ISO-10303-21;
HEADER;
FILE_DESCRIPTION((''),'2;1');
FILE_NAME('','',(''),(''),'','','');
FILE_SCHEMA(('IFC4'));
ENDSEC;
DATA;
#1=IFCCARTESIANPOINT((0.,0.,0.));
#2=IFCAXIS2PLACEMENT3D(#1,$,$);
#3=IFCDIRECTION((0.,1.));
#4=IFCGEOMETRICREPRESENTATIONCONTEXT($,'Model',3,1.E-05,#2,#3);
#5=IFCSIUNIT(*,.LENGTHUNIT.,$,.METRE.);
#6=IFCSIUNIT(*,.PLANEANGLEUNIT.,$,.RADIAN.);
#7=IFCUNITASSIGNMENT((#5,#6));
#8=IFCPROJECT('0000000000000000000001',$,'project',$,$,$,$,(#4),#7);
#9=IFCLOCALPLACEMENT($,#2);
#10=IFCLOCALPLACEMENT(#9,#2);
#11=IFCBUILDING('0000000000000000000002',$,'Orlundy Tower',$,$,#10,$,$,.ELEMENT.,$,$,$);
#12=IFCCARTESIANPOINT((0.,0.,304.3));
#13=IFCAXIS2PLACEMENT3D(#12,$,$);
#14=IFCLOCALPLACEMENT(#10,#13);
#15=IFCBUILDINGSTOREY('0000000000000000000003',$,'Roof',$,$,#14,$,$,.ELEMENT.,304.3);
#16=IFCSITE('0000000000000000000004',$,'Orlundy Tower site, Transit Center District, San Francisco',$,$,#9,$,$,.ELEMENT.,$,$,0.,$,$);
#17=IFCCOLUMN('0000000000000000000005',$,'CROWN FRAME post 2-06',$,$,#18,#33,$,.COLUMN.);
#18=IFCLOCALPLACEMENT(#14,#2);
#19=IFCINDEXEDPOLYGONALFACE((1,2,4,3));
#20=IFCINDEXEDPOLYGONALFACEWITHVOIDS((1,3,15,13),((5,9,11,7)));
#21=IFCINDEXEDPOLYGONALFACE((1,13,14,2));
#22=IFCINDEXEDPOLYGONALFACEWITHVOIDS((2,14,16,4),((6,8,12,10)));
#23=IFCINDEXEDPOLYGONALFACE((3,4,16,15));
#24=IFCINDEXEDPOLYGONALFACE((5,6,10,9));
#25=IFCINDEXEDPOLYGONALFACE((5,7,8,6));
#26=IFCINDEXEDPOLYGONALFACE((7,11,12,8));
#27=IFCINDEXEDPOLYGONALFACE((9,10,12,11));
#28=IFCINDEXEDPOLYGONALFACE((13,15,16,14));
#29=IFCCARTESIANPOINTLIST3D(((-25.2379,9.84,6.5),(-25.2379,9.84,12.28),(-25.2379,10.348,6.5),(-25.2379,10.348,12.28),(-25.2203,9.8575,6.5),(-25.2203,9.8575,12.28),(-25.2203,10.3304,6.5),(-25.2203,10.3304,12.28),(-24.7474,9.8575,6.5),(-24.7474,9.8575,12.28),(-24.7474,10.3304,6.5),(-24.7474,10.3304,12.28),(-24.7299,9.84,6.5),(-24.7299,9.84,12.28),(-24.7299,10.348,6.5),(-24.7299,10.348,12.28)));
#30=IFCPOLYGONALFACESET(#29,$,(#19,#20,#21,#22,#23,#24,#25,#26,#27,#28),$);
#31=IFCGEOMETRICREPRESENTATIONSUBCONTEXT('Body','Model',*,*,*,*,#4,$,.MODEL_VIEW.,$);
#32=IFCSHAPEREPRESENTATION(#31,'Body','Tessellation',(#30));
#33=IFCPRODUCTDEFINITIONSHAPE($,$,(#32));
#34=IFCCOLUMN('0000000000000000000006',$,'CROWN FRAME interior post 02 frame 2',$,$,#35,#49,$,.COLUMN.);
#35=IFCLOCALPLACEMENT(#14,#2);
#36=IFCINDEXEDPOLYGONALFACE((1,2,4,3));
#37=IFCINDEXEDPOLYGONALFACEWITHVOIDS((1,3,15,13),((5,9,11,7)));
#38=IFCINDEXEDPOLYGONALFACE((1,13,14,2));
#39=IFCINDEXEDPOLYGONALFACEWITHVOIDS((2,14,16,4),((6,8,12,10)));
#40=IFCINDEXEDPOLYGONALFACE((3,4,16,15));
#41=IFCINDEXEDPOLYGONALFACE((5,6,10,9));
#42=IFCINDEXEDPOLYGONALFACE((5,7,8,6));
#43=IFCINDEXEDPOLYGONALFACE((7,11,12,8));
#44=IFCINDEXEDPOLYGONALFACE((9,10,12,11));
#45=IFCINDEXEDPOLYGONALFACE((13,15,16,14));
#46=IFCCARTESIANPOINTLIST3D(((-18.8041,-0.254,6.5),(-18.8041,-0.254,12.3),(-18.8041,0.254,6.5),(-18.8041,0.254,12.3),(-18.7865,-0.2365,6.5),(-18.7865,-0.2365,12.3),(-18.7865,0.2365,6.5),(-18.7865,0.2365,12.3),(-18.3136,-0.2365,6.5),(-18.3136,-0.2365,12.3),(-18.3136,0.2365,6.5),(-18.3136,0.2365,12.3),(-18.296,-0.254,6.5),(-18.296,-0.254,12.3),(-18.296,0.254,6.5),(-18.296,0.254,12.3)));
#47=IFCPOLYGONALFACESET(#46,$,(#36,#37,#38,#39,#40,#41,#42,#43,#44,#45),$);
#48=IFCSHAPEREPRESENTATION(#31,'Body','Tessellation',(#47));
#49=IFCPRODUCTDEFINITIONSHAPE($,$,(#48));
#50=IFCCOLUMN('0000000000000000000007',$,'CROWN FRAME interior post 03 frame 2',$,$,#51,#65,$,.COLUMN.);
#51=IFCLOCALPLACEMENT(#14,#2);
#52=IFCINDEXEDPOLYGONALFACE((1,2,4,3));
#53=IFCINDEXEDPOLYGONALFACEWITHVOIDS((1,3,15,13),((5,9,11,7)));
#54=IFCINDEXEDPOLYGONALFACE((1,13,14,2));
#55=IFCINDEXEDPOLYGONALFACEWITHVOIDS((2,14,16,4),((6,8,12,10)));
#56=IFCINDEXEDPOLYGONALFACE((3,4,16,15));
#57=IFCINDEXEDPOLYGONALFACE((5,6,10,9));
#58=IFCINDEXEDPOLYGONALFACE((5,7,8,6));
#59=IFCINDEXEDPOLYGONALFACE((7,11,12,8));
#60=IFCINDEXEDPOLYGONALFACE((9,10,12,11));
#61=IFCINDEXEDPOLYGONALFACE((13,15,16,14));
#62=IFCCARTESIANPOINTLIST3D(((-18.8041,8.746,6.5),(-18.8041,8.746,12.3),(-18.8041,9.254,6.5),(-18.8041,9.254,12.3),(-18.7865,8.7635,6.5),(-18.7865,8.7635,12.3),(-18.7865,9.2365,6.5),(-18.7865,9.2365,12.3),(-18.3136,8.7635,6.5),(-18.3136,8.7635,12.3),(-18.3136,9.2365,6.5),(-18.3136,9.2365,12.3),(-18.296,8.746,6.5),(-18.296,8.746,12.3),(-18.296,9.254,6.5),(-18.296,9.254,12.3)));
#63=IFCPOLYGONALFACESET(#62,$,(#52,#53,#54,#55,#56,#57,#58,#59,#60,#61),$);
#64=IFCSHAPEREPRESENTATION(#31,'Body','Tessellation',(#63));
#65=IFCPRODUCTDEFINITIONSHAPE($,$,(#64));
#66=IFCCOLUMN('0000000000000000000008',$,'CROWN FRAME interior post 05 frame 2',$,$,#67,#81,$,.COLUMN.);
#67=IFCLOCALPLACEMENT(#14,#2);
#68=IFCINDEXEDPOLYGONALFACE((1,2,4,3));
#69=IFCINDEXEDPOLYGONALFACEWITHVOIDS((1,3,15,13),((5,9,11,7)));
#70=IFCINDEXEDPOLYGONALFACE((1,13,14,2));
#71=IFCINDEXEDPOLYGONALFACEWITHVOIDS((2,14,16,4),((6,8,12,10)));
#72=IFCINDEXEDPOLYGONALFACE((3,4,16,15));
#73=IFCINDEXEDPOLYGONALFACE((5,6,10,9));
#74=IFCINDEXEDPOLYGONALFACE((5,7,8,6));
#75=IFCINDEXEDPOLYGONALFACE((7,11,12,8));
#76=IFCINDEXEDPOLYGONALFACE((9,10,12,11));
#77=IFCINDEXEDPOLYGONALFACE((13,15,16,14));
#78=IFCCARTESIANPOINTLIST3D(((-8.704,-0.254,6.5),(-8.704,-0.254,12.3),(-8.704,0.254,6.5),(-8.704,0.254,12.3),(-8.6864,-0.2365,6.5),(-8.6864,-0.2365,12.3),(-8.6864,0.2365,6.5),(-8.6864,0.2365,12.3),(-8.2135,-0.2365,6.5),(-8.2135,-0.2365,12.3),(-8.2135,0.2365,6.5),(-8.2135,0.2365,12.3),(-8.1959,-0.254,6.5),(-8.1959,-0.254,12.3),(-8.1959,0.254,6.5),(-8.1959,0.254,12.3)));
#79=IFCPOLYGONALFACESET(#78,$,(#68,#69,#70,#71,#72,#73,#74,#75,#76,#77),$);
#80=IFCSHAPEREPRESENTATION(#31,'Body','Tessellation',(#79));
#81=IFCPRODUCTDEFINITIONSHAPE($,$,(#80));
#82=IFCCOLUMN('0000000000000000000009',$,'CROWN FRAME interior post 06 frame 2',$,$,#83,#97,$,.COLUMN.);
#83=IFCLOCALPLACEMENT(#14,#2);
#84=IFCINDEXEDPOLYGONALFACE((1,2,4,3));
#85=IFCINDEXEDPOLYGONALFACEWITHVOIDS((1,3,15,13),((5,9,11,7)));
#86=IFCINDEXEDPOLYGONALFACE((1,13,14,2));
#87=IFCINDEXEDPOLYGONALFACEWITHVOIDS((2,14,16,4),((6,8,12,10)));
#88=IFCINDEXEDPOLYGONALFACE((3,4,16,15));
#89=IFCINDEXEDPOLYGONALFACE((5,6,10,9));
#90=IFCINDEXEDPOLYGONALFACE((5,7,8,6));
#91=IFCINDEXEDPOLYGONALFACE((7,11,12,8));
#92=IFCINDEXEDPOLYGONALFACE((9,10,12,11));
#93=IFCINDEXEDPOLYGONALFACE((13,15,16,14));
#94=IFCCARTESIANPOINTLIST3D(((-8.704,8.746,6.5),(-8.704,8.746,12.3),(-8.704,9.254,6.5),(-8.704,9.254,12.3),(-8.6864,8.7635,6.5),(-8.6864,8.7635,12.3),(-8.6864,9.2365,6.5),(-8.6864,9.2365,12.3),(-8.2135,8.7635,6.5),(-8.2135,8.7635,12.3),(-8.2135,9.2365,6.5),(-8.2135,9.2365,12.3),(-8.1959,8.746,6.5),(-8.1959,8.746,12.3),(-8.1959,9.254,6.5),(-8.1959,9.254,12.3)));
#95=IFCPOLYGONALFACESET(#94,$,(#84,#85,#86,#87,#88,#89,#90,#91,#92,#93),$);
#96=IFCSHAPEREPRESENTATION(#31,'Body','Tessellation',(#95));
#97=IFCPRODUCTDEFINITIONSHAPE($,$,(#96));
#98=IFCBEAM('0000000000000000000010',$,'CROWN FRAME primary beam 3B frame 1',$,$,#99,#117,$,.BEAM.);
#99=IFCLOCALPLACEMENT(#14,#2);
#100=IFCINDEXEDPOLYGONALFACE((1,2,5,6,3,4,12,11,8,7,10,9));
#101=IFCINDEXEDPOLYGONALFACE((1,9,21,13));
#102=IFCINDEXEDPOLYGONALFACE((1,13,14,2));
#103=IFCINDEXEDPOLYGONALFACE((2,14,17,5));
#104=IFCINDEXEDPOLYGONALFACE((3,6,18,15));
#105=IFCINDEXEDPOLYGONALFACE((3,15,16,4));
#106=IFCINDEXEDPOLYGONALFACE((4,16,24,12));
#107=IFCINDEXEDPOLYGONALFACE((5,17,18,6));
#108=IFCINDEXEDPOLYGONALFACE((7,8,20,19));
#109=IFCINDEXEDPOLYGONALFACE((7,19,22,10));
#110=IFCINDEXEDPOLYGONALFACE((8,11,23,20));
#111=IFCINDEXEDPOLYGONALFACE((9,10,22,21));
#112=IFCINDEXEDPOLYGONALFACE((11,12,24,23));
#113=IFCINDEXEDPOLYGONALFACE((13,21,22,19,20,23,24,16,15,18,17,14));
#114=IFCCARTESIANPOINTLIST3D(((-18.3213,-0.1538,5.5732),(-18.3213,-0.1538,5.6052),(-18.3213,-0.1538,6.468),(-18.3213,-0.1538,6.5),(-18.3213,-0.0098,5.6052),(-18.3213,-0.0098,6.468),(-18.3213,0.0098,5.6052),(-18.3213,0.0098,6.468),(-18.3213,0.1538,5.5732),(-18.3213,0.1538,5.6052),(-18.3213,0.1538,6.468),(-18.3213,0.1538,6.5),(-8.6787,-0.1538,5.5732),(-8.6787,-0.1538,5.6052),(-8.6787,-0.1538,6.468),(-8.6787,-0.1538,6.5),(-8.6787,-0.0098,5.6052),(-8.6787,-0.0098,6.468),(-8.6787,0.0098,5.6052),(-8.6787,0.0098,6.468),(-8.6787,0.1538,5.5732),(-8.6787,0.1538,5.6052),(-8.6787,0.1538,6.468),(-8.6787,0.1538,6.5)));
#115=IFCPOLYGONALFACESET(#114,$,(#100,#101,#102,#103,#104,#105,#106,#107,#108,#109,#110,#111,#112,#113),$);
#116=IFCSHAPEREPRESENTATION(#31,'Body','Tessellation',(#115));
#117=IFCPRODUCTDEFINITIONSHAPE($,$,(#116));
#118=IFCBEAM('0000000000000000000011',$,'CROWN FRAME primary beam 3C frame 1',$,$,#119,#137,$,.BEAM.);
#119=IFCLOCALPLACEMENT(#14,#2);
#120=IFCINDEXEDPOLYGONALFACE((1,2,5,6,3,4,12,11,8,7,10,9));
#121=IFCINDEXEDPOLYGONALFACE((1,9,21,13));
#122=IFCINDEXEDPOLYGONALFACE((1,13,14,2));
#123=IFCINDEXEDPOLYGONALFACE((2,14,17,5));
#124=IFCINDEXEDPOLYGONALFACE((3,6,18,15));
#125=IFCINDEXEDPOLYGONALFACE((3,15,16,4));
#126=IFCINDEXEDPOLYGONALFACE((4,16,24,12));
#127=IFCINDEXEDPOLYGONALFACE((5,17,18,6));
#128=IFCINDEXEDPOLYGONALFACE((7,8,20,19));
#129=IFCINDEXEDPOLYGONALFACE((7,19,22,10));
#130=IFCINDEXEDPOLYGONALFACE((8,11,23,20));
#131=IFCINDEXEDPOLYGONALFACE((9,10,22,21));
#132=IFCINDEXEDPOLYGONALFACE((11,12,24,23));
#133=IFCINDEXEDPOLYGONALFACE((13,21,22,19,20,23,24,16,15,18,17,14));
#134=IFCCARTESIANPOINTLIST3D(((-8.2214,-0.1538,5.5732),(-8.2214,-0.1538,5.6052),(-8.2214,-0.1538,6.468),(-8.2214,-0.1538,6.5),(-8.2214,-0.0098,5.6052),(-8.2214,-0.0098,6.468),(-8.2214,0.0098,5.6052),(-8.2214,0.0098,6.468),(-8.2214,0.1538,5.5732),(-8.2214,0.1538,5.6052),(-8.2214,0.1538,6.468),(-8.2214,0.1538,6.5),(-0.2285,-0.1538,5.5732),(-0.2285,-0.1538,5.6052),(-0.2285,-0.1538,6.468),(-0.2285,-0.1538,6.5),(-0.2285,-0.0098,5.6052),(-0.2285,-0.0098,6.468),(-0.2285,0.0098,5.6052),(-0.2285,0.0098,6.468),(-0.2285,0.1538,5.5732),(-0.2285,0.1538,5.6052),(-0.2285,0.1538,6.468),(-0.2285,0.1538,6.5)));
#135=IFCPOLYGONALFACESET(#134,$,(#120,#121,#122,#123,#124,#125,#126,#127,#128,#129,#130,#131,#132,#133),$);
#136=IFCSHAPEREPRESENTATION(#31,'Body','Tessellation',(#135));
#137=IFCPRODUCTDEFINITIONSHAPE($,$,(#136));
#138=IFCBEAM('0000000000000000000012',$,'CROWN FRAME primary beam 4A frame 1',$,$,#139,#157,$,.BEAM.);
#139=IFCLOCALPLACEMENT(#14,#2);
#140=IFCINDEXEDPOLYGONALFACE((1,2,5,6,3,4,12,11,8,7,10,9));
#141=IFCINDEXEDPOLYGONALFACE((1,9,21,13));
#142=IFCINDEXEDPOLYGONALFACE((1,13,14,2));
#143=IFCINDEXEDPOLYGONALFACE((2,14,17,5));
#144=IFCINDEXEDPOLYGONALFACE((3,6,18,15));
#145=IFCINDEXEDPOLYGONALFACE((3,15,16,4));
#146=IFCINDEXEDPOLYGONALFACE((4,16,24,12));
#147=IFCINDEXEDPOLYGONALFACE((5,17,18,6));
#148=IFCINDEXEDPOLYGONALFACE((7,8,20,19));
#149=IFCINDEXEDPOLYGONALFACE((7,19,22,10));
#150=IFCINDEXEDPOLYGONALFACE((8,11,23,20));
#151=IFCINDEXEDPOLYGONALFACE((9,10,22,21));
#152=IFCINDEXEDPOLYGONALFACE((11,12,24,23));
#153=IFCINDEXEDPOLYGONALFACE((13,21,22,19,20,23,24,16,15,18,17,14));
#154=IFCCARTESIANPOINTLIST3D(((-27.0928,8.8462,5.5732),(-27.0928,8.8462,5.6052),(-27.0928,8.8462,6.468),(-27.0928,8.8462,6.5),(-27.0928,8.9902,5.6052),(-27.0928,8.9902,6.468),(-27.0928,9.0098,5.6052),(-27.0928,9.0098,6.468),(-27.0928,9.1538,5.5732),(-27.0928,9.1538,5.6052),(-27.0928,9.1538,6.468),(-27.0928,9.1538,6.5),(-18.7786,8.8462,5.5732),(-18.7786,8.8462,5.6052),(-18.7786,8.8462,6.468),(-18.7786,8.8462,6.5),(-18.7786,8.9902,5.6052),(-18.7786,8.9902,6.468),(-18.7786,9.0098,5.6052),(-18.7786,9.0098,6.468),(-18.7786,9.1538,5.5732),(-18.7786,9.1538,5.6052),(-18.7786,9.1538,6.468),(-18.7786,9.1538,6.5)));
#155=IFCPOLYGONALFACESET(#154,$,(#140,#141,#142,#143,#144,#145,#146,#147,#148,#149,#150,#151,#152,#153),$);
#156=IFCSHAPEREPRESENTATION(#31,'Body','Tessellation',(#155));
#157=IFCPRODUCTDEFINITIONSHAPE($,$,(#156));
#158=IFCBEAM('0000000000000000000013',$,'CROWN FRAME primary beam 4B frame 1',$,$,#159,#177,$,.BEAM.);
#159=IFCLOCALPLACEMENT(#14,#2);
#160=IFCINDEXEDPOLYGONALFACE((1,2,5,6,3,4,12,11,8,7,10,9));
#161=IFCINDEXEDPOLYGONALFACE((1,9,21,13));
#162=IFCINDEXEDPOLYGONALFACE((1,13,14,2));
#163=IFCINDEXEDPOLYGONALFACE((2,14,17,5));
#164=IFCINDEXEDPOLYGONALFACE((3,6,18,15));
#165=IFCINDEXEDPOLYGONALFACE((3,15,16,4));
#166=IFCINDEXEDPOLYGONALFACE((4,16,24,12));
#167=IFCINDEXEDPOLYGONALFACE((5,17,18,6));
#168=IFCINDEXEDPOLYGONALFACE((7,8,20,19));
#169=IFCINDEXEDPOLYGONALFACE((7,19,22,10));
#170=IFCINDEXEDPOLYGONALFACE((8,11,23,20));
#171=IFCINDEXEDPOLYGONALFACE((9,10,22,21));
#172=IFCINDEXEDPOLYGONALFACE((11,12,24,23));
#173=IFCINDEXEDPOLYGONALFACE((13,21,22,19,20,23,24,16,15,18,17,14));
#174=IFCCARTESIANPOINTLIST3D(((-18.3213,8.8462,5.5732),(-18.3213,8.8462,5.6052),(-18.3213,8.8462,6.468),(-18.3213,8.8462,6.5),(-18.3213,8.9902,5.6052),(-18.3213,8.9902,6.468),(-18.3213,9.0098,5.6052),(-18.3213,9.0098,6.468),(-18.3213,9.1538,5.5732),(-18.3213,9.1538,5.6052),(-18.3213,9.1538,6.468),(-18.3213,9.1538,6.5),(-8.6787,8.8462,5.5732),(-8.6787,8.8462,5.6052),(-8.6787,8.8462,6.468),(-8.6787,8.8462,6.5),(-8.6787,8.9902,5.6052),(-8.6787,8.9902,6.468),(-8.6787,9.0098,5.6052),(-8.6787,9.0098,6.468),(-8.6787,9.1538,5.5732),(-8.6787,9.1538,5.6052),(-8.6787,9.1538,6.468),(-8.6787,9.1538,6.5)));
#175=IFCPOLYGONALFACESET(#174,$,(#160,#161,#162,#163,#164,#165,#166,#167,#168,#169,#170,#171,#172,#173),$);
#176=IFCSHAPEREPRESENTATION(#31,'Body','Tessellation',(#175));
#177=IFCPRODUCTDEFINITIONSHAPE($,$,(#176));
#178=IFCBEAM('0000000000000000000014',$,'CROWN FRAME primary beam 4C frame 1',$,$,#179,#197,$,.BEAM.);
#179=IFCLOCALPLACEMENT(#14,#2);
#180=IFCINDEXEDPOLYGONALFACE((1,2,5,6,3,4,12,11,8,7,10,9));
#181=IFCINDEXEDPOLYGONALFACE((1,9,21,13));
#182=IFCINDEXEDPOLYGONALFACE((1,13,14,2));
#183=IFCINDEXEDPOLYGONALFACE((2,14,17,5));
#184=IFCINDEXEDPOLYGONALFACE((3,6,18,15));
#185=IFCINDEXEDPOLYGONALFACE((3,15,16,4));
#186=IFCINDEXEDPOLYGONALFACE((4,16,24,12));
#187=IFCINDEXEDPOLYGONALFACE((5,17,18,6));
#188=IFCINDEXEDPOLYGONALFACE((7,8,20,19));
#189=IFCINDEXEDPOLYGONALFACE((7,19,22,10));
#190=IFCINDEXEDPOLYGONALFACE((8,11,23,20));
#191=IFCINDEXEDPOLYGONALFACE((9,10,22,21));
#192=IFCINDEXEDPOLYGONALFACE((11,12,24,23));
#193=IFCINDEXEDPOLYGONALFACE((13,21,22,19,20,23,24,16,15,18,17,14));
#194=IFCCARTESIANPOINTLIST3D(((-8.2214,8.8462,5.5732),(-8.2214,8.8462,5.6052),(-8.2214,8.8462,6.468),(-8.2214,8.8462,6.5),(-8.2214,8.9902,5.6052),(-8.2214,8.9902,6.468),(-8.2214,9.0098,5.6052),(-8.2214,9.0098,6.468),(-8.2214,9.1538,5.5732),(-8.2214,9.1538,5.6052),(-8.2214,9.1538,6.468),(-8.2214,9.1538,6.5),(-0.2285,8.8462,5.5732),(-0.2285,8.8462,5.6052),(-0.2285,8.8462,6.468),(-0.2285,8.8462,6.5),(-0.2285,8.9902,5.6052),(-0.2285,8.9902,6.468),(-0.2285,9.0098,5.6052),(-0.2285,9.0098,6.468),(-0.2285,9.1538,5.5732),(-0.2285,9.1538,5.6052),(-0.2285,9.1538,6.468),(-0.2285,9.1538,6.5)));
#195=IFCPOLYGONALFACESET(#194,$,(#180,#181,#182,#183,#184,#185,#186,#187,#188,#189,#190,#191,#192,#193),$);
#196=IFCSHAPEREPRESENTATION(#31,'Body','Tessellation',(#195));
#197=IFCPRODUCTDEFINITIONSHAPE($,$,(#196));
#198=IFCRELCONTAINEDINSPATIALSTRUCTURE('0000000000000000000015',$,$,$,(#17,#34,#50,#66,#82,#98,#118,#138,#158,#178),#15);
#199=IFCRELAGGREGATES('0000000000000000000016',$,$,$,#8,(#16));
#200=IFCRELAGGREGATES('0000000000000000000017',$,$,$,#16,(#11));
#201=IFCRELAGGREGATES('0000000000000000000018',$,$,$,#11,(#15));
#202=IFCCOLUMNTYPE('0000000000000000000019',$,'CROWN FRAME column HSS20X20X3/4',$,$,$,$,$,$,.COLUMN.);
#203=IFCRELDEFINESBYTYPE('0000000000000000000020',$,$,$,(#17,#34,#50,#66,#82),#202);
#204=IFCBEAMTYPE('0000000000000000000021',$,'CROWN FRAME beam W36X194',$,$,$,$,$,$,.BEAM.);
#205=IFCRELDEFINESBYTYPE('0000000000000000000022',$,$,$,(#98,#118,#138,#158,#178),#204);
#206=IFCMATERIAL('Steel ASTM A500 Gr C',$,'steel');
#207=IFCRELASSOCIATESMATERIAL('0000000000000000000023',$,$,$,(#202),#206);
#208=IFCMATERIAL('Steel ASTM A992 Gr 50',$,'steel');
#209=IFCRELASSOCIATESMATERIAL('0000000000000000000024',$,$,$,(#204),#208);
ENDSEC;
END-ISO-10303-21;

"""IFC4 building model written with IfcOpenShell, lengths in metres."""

from ifc_helpers import new_model, si_unit, direction, frame, origin, origin_2d, place, context, subcontext, project, spatial, hollow_rectangle, i_section, extrude, material, material_profile, profile_set, type_object, element, save


model = new_model("IFC4")

# Units and contexts
model_context = context("Model", 3, precision=1e-05, world=origin(), true_north=direction((0.0, 1.0)))
body_context = subcontext(model_context, "Body", "Model", "MODEL_VIEW")
ifc_project = project(units=[si_unit("LENGTHUNIT", "METRE"), si_unit("PLANEANGLEUNIT", "RADIAN")], contexts=[model_context])

# Site, building, storey
site_placement = place(None, origin())
site = spatial("IfcSite", under=ifc_project, at=site_placement, Name="Orlundy Tower site, Transit Center District, San Francisco", CompositionType="ELEMENT", RefElevation=0.0)
building_placement = place(site_placement, origin())
building = spatial("IfcBuilding", under=site, at=building_placement, Name="Orlundy Tower", CompositionType="ELEMENT")
storey_placement = place(building_placement, frame((0.0, 0.0, 304.3)))
storey = spatial("IfcBuildingStorey", under=building, at=storey_placement, Name="Roof", CompositionType="ELEMENT", Elevation=304.3)

# Columns
ifc_material_1 = material(Name="Steel ASTM A500 Gr C", Category="steel")
ifc_material_profile_1 = material_profile(ifc_material_1, hollow_rectangle(XDim=0.5081, YDim=0.5081, WallThickness=0.0176, at=origin_2d()), Name="HSS20X20X3/4")
ifc_profile_set_1 = profile_set([ifc_material_profile_1], Name="Steel ASTM A500 Gr C")
column_type = type_object("IfcColumnType", Name="CROWN FRAME column HSS20X20X3/4", PredefinedType="COLUMN", material=ifc_profile_set_1)
column_placement = place(storey_placement, frame((-24.9839, 10.094, 6.5), z_axis=(0.0, 0.0, 1.0), x_axis=(1.0, 0.0, 0.0)))
element("IfcColumn", 1, at=column_placement, inside=storey, type_object=column_type, Name="CROWN FRAME post 2-06", PredefinedType="COLUMN", context=body_context, shape_type="SweptSolid", body=[
    extrude(hollow_rectangle(XDim=0.5081, YDim=0.5081, WallThickness=0.0176, at=origin_2d()), origin(), (0.0, 0.0, 1.0), 5.78),
])
for number, where, z_axis, x_axis, name in (
    (2, (-18.55, 0.0, 6.5), (0.0, 0.0, 1.0), (1.0, 0.0, 0.0), "CROWN FRAME interior post 02 frame 2"),
    (3, (-18.55, 9.0, 6.5), (0.0, 0.0, 1.0), (1.0, 0.0, 0.0), "CROWN FRAME interior post 03 frame 2"),
    (4, (-8.45, 0.0, 6.5), (0.0, 0.0, 1.0), (1.0, 0.0, 0.0), "CROWN FRAME interior post 05 frame 2"),
    (5, (-8.45, 9.0, 6.5), (0.0, 0.0, 1.0), (1.0, 0.0, 0.0), "CROWN FRAME interior post 06 frame 2"),
):
    element("IfcColumn", number, at=place(storey_placement, frame(where, z_axis=z_axis, x_axis=x_axis)), inside=storey, type_object=column_type, Name=name, PredefinedType="COLUMN", context=body_context, shape_type="SweptSolid", body=[
        extrude(hollow_rectangle(XDim=0.5081, YDim=0.5081, WallThickness=0.0176, at=origin_2d()), origin(), (0.0, 0.0, 1.0), 5.8),
    ])

# Beams
ifc_material_2 = material(Name="Steel ASTM A992 Gr 50", Category="steel")
ifc_material_profile_2 = material_profile(ifc_material_2, i_section(OverallWidth=0.3076, OverallDepth=0.9268, WebThickness=0.0195, FlangeThickness=0.032, at=origin_2d()), Name="W36X194")
ifc_profile_set_2 = profile_set([ifc_material_profile_2], Name="Steel ASTM A992 Gr 50")
beam_type = type_object("IfcBeamType", Name="CROWN FRAME beam W36X194", PredefinedType="BEAM", material=ifc_profile_set_2)
beam_1_placement = place(storey_placement, frame((-18.3213, 0.0, 6.0366), z_axis=(1.0, 0.0, 0.0), x_axis=(0.0, 1.0, 0.0)))
element("IfcBeam", 6, at=beam_1_placement, inside=storey, type_object=beam_type, Name="CROWN FRAME primary beam 3B frame 1", PredefinedType="BEAM", context=body_context, shape_type="SweptSolid", body=[
    extrude(i_section(OverallWidth=0.3076, OverallDepth=0.9268, WebThickness=0.0195, FlangeThickness=0.032, at=origin_2d()), origin(), (0.0, 0.0, 1.0), 9.6426),
])
beam_2_placement = place(storey_placement, frame((-8.2214, 0.0, 6.0366), z_axis=(1.0, 0.0, 0.0), x_axis=(0.0, 1.0, 0.0)))
element("IfcBeam", 7, at=beam_2_placement, inside=storey, type_object=beam_type, Name="CROWN FRAME primary beam 3C frame 1", PredefinedType="BEAM", context=body_context, shape_type="SweptSolid", body=[
    extrude(i_section(OverallWidth=0.3076, OverallDepth=0.9268, WebThickness=0.0195, FlangeThickness=0.032, at=origin_2d()), origin(), (0.0, 0.0, 1.0), 7.9929),
])
beam_3_placement = place(storey_placement, frame((-27.0928, 9.0, 6.0366), z_axis=(1.0, 0.0, 0.0), x_axis=(0.0, 1.0, 0.0)))
element("IfcBeam", 8, at=beam_3_placement, inside=storey, type_object=beam_type, Name="CROWN FRAME primary beam 4A frame 1", PredefinedType="BEAM", context=body_context, shape_type="SweptSolid", body=[
    extrude(i_section(OverallWidth=0.3076, OverallDepth=0.9268, WebThickness=0.0195, FlangeThickness=0.032, at=origin_2d()), origin(), (0.0, 0.0, 1.0), 8.3142),
])
beam_4_placement = place(storey_placement, frame((-18.3213, 9.0, 6.0366), z_axis=(1.0, 0.0, 0.0), x_axis=(0.0, 1.0, 0.0)))
element("IfcBeam", 9, at=beam_4_placement, inside=storey, type_object=beam_type, Name="CROWN FRAME primary beam 4B frame 1", PredefinedType="BEAM", context=body_context, shape_type="SweptSolid", body=[
    extrude(i_section(OverallWidth=0.3076, OverallDepth=0.9268, WebThickness=0.0195, FlangeThickness=0.032, at=origin_2d()), origin(), (0.0, 0.0, 1.0), 9.6426),
])
beam_5_placement = place(storey_placement, frame((-8.2214, 9.0, 6.0366), z_axis=(1.0, 0.0, 0.0), x_axis=(0.0, 1.0, 0.0)))
element("IfcBeam", 10, at=beam_5_placement, inside=storey, type_object=beam_type, Name="CROWN FRAME primary beam 4C frame 1", PredefinedType="BEAM", context=body_context, shape_type="SweptSolid", body=[
    extrude(i_section(OverallWidth=0.3076, OverallDepth=0.9268, WebThickness=0.0195, FlangeThickness=0.032, at=origin_2d()), origin(), (0.0, 0.0, 1.0), 7.9929),
])

save(model, "model.ifc")
